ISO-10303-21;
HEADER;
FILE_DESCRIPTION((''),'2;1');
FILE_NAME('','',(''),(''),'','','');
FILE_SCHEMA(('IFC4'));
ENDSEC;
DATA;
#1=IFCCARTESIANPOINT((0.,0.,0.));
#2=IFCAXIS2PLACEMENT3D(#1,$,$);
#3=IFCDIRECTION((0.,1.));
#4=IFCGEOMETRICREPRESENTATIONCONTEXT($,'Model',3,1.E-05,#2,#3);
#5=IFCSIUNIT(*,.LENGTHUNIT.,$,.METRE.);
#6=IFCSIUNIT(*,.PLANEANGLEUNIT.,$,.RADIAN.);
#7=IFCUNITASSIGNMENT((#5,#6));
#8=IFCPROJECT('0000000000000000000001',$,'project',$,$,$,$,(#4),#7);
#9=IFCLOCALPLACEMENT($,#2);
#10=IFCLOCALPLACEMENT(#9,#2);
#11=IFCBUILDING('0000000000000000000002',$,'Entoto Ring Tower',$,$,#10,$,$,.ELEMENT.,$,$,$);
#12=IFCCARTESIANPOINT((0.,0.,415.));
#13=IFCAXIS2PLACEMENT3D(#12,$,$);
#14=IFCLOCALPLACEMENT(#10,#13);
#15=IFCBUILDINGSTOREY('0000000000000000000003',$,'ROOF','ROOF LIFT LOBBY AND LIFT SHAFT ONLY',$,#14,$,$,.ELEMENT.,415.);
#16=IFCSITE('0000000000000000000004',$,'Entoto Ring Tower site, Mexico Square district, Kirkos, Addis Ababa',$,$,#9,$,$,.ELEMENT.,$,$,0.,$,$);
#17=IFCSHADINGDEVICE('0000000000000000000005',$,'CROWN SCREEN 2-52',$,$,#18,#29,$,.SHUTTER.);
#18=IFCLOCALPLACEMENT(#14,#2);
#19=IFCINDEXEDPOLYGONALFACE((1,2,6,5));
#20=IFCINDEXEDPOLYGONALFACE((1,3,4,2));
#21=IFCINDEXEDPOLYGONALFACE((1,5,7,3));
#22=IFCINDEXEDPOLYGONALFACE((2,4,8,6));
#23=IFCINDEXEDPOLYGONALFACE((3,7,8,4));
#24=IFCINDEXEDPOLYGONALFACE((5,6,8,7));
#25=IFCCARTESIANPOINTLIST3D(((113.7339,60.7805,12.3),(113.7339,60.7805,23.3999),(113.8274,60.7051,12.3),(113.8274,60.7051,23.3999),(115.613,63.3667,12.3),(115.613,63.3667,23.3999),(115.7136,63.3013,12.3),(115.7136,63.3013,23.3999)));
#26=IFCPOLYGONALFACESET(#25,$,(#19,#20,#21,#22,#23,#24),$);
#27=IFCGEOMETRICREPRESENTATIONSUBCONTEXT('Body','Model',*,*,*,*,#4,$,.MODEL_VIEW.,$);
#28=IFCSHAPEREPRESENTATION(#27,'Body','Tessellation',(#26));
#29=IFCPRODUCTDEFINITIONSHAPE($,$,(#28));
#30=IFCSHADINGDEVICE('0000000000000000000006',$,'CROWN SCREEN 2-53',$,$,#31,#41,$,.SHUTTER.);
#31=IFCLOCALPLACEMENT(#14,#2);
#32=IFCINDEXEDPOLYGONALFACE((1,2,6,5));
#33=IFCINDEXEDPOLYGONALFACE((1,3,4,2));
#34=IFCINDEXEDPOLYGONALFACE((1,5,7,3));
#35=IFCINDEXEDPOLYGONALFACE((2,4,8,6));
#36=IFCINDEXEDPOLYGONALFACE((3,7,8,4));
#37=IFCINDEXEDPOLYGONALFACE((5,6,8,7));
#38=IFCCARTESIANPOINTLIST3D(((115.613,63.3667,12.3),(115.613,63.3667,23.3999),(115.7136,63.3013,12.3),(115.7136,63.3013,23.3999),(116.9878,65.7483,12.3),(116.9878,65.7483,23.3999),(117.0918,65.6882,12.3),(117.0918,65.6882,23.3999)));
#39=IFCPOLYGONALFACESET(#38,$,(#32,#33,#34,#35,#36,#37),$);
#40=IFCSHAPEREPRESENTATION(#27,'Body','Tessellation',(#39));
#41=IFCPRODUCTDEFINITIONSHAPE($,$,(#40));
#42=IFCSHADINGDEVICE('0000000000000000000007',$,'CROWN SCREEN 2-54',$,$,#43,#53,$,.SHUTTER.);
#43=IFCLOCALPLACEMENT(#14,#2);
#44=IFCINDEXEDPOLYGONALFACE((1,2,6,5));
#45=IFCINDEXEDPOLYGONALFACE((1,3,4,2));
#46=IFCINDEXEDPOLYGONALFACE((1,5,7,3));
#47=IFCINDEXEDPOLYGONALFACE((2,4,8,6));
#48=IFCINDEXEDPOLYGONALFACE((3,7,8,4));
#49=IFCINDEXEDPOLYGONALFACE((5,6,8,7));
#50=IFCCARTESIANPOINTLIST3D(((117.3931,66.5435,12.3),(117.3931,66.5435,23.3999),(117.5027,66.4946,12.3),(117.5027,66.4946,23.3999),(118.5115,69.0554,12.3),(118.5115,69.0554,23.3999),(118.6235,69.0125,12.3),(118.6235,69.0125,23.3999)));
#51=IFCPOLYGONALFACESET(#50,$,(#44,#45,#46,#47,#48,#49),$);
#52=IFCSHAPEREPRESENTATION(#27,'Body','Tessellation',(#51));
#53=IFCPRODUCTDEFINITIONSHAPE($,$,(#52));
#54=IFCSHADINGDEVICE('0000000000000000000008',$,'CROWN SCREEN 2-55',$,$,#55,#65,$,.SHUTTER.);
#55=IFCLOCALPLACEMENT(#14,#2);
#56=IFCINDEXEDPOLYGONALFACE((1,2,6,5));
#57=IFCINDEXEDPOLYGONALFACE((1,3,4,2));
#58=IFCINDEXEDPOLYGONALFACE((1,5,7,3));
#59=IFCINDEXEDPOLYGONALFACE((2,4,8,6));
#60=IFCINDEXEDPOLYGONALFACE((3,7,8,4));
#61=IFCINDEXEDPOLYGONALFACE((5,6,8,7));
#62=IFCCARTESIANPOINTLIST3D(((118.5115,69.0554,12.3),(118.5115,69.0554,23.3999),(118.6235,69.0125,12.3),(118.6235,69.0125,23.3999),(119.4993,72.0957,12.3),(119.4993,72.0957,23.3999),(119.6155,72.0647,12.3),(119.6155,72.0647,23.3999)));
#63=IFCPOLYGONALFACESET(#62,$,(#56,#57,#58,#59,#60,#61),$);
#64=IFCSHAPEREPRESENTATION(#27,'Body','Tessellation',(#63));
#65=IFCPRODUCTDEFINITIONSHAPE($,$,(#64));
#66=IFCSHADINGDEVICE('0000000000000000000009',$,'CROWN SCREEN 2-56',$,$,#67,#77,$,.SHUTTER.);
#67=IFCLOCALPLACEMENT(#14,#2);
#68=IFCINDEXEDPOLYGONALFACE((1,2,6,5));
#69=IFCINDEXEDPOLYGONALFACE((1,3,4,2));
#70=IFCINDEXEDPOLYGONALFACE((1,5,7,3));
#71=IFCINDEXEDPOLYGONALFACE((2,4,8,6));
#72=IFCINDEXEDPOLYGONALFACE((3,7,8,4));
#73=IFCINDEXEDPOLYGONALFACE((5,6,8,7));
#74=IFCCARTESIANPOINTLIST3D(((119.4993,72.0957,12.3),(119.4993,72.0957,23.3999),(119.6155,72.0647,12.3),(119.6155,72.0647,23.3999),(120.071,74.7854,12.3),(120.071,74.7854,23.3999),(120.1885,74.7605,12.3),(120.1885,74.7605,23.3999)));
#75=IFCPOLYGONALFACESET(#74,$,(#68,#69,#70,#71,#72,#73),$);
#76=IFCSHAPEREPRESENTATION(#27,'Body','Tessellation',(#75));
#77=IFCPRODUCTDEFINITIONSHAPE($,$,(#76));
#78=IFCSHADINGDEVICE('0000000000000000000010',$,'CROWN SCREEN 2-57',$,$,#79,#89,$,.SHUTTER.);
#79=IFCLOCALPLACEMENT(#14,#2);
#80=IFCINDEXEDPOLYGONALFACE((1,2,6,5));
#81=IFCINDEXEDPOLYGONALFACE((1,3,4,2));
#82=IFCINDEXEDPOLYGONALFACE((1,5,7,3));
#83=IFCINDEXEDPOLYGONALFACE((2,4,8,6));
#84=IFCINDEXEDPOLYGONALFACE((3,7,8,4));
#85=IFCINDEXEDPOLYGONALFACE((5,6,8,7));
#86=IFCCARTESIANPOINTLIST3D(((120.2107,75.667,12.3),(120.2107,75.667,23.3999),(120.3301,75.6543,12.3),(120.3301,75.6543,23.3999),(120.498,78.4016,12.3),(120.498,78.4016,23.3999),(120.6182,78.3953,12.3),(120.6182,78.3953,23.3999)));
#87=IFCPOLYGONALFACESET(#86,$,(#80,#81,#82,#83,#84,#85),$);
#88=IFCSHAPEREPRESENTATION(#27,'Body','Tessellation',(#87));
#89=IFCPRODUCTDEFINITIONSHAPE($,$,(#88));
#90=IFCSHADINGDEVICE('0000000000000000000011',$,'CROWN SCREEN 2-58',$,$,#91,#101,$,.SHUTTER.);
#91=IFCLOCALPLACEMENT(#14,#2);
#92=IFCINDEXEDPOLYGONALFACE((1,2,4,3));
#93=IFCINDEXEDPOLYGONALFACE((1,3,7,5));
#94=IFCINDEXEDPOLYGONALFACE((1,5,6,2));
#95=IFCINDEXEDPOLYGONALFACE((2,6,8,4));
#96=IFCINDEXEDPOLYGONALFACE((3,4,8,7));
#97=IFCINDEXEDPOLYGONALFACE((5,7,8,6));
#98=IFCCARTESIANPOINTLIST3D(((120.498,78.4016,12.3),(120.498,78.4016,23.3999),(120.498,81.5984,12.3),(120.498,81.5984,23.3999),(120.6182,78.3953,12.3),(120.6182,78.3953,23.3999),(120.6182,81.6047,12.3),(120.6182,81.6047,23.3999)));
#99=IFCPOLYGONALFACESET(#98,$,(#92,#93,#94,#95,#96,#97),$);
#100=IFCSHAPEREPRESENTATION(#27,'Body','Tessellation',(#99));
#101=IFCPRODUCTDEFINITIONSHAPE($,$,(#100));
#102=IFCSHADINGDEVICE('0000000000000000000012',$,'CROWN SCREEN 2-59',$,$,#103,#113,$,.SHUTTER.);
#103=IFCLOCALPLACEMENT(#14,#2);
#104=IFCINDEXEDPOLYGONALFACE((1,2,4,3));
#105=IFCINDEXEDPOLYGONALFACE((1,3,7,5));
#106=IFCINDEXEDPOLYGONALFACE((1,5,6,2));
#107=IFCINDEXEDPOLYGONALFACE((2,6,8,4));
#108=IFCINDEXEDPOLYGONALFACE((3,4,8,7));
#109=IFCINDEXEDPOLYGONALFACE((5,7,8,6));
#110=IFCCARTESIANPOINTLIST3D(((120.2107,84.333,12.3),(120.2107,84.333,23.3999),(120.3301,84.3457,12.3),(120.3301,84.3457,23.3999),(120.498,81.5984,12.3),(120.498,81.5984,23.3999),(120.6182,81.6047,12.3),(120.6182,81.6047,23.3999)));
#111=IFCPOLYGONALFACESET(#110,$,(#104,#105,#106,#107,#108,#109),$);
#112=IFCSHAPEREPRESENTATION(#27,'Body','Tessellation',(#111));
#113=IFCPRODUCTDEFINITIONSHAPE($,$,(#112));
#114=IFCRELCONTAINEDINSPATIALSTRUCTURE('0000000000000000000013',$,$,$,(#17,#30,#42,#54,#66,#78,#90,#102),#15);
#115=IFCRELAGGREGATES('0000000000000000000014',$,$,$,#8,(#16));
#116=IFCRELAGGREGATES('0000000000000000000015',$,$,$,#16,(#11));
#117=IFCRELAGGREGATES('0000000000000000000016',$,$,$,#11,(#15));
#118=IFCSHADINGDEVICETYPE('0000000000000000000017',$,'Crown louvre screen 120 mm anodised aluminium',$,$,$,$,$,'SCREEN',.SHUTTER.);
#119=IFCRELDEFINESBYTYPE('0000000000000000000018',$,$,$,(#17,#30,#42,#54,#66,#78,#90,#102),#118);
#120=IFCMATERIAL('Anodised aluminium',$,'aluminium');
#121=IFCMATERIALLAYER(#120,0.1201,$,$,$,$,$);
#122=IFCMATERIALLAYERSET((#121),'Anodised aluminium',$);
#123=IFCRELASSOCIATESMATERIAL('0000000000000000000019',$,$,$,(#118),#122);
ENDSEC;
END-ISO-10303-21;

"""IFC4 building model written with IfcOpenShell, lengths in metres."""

from ifc_helpers import new_model, si_unit, direction, frame, origin, place, context, subcontext, project, spatial, polyline, outline, extrude, material, layer, layer_set, type_object, element, save


model = new_model("IFC4")

# Units and contexts
model_context = context("Model", 3, precision=1e-05, world=origin(), true_north=direction((0.0, 1.0)))
body_context = subcontext(model_context, "Body", "Model", "MODEL_VIEW")
ifc_project = project(units=[si_unit("LENGTHUNIT", "METRE"), si_unit("PLANEANGLEUNIT", "RADIAN")], contexts=[model_context])

# Site, building, storey
site_placement = place(None, origin())
site = spatial("IfcSite", under=ifc_project, at=site_placement, Name="Entoto Ring Tower site, Mexico Square district, Kirkos, Addis Ababa", CompositionType="ELEMENT", RefElevation=0.0)
building_placement = place(site_placement, origin())
building = spatial("IfcBuilding", under=site, at=building_placement, Name="Entoto Ring Tower", CompositionType="ELEMENT")
storey_placement = place(building_placement, frame((0.0, 0.0, 415.0)))
storey = spatial("IfcBuildingStorey", under=building, at=storey_placement, Name="ROOF", Description="ROOF LIFT LOBBY AND LIFT SHAFT ONLY", CompositionType="ELEMENT", Elevation=415.0)

# Shading devices
ifc_material_1 = material(Name="Anodised aluminium", Category="aluminium")
ifc_layer_1 = layer(ifc_material_1, 0.1201)
ifc_layer_set_1 = layer_set([ifc_layer_1], Name="Anodised aluminium")
shading_device_type = type_object("IfcShadingDeviceType", Name="Crown louvre screen 120 mm anodised aluminium", ElementType="SCREEN", PredefinedType="SHUTTER", material=ifc_layer_set_1)
shading_device_1_placement = place(storey_placement, frame((0.0, 0.0, 12.3)))
element("IfcShadingDevice", 1, at=shading_device_1_placement, inside=storey, type_object=shading_device_type, Name="CROWN SCREEN 2-52", PredefinedType="SHUTTER", context=body_context, shape_type="SweptSolid", body=[
    extrude(outline(polyline([(113.7339, 60.7805), (113.8274, 60.7051), (115.7136, 63.3013), (115.613, 63.3667), (113.7339, 60.7805)])), origin(), (0.0, 0.0, 1.0), 11.0999),
])
shading_device_2_placement = place(storey_placement, frame((0.0, 0.0, 12.3)))
element("IfcShadingDevice", 2, at=shading_device_2_placement, inside=storey, type_object=shading_device_type, Name="CROWN SCREEN 2-53", PredefinedType="SHUTTER", context=body_context, shape_type="SweptSolid", body=[
    extrude(outline(polyline([(115.613, 63.3667), (115.7136, 63.3013), (117.0918, 65.6882), (116.9878, 65.7483), (115.613, 63.3667)])), origin(), (0.0, 0.0, 1.0), 11.0999),
])
shading_device_3_placement = place(storey_placement, frame((0.0, 0.0, 12.3)))
element("IfcShadingDevice", 3, at=shading_device_3_placement, inside=storey, type_object=shading_device_type, Name="CROWN SCREEN 2-54", PredefinedType="SHUTTER", context=body_context, shape_type="SweptSolid", body=[
    extrude(outline(polyline([(117.3931, 66.5435), (117.5027, 66.4946), (118.6235, 69.0125), (118.5115, 69.0554), (117.3931, 66.5435)])), origin(), (0.0, 0.0, 1.0), 11.0999),
])
shading_device_4_placement = place(storey_placement, frame((0.0, 0.0, 12.3)))
element("IfcShadingDevice", 4, at=shading_device_4_placement, inside=storey, type_object=shading_device_type, Name="CROWN SCREEN 2-55", PredefinedType="SHUTTER", context=body_context, shape_type="SweptSolid", body=[
    extrude(outline(polyline([(118.5115, 69.0554), (118.6235, 69.0125), (119.6155, 72.0647), (119.4993, 72.0957), (118.5115, 69.0554)])), origin(), (0.0, 0.0, 1.0), 11.0999),
])
shading_device_5_placement = place(storey_placement, frame((0.0, 0.0, 12.3)))
element("IfcShadingDevice", 5, at=shading_device_5_placement, inside=storey, type_object=shading_device_type, Name="CROWN SCREEN 2-56", PredefinedType="SHUTTER", context=body_context, shape_type="SweptSolid", body=[
    extrude(outline(polyline([(119.4993, 72.0957), (119.6155, 72.0647), (120.1885, 74.7605), (120.071, 74.7854), (119.4993, 72.0957)])), origin(), (0.0, 0.0, 1.0), 11.0999),
])
shading_device_6_placement = place(storey_placement, frame((0.0, 0.0, 12.3)))
element("IfcShadingDevice", 6, at=shading_device_6_placement, inside=storey, type_object=shading_device_type, Name="CROWN SCREEN 2-57", PredefinedType="SHUTTER", context=body_context, shape_type="SweptSolid", body=[
    extrude(outline(polyline([(120.2107, 75.667), (120.3301, 75.6543), (120.6182, 78.3953), (120.498, 78.4016), (120.2107, 75.667)])), origin(), (0.0, 0.0, 1.0), 11.0999),
])
shading_device_7_placement = place(storey_placement, frame((0.0, 0.0, 12.3)))
element("IfcShadingDevice", 7, at=shading_device_7_placement, inside=storey, type_object=shading_device_type, Name="CROWN SCREEN 2-58", PredefinedType="SHUTTER", context=body_context, shape_type="SweptSolid", body=[
    extrude(outline(polyline([(120.498, 78.4016), (120.6182, 78.3953), (120.6182, 81.6047), (120.498, 81.5984), (120.498, 78.4016)])), origin(), (0.0, 0.0, 1.0), 11.0999),
])
shading_device_8_placement = place(storey_placement, frame((0.0, 0.0, 12.3)))
element("IfcShadingDevice", 8, at=shading_device_8_placement, inside=storey, type_object=shading_device_type, Name="CROWN SCREEN 2-59", PredefinedType="SHUTTER", context=body_context, shape_type="SweptSolid", body=[
    extrude(outline(polyline([(120.498, 81.5984), (120.6182, 81.6047), (120.3301, 84.3457), (120.2107, 84.333), (120.498, 81.5984)])), origin(), (0.0, 0.0, 1.0), 11.0999),
])

save(model, "model.ifc")
